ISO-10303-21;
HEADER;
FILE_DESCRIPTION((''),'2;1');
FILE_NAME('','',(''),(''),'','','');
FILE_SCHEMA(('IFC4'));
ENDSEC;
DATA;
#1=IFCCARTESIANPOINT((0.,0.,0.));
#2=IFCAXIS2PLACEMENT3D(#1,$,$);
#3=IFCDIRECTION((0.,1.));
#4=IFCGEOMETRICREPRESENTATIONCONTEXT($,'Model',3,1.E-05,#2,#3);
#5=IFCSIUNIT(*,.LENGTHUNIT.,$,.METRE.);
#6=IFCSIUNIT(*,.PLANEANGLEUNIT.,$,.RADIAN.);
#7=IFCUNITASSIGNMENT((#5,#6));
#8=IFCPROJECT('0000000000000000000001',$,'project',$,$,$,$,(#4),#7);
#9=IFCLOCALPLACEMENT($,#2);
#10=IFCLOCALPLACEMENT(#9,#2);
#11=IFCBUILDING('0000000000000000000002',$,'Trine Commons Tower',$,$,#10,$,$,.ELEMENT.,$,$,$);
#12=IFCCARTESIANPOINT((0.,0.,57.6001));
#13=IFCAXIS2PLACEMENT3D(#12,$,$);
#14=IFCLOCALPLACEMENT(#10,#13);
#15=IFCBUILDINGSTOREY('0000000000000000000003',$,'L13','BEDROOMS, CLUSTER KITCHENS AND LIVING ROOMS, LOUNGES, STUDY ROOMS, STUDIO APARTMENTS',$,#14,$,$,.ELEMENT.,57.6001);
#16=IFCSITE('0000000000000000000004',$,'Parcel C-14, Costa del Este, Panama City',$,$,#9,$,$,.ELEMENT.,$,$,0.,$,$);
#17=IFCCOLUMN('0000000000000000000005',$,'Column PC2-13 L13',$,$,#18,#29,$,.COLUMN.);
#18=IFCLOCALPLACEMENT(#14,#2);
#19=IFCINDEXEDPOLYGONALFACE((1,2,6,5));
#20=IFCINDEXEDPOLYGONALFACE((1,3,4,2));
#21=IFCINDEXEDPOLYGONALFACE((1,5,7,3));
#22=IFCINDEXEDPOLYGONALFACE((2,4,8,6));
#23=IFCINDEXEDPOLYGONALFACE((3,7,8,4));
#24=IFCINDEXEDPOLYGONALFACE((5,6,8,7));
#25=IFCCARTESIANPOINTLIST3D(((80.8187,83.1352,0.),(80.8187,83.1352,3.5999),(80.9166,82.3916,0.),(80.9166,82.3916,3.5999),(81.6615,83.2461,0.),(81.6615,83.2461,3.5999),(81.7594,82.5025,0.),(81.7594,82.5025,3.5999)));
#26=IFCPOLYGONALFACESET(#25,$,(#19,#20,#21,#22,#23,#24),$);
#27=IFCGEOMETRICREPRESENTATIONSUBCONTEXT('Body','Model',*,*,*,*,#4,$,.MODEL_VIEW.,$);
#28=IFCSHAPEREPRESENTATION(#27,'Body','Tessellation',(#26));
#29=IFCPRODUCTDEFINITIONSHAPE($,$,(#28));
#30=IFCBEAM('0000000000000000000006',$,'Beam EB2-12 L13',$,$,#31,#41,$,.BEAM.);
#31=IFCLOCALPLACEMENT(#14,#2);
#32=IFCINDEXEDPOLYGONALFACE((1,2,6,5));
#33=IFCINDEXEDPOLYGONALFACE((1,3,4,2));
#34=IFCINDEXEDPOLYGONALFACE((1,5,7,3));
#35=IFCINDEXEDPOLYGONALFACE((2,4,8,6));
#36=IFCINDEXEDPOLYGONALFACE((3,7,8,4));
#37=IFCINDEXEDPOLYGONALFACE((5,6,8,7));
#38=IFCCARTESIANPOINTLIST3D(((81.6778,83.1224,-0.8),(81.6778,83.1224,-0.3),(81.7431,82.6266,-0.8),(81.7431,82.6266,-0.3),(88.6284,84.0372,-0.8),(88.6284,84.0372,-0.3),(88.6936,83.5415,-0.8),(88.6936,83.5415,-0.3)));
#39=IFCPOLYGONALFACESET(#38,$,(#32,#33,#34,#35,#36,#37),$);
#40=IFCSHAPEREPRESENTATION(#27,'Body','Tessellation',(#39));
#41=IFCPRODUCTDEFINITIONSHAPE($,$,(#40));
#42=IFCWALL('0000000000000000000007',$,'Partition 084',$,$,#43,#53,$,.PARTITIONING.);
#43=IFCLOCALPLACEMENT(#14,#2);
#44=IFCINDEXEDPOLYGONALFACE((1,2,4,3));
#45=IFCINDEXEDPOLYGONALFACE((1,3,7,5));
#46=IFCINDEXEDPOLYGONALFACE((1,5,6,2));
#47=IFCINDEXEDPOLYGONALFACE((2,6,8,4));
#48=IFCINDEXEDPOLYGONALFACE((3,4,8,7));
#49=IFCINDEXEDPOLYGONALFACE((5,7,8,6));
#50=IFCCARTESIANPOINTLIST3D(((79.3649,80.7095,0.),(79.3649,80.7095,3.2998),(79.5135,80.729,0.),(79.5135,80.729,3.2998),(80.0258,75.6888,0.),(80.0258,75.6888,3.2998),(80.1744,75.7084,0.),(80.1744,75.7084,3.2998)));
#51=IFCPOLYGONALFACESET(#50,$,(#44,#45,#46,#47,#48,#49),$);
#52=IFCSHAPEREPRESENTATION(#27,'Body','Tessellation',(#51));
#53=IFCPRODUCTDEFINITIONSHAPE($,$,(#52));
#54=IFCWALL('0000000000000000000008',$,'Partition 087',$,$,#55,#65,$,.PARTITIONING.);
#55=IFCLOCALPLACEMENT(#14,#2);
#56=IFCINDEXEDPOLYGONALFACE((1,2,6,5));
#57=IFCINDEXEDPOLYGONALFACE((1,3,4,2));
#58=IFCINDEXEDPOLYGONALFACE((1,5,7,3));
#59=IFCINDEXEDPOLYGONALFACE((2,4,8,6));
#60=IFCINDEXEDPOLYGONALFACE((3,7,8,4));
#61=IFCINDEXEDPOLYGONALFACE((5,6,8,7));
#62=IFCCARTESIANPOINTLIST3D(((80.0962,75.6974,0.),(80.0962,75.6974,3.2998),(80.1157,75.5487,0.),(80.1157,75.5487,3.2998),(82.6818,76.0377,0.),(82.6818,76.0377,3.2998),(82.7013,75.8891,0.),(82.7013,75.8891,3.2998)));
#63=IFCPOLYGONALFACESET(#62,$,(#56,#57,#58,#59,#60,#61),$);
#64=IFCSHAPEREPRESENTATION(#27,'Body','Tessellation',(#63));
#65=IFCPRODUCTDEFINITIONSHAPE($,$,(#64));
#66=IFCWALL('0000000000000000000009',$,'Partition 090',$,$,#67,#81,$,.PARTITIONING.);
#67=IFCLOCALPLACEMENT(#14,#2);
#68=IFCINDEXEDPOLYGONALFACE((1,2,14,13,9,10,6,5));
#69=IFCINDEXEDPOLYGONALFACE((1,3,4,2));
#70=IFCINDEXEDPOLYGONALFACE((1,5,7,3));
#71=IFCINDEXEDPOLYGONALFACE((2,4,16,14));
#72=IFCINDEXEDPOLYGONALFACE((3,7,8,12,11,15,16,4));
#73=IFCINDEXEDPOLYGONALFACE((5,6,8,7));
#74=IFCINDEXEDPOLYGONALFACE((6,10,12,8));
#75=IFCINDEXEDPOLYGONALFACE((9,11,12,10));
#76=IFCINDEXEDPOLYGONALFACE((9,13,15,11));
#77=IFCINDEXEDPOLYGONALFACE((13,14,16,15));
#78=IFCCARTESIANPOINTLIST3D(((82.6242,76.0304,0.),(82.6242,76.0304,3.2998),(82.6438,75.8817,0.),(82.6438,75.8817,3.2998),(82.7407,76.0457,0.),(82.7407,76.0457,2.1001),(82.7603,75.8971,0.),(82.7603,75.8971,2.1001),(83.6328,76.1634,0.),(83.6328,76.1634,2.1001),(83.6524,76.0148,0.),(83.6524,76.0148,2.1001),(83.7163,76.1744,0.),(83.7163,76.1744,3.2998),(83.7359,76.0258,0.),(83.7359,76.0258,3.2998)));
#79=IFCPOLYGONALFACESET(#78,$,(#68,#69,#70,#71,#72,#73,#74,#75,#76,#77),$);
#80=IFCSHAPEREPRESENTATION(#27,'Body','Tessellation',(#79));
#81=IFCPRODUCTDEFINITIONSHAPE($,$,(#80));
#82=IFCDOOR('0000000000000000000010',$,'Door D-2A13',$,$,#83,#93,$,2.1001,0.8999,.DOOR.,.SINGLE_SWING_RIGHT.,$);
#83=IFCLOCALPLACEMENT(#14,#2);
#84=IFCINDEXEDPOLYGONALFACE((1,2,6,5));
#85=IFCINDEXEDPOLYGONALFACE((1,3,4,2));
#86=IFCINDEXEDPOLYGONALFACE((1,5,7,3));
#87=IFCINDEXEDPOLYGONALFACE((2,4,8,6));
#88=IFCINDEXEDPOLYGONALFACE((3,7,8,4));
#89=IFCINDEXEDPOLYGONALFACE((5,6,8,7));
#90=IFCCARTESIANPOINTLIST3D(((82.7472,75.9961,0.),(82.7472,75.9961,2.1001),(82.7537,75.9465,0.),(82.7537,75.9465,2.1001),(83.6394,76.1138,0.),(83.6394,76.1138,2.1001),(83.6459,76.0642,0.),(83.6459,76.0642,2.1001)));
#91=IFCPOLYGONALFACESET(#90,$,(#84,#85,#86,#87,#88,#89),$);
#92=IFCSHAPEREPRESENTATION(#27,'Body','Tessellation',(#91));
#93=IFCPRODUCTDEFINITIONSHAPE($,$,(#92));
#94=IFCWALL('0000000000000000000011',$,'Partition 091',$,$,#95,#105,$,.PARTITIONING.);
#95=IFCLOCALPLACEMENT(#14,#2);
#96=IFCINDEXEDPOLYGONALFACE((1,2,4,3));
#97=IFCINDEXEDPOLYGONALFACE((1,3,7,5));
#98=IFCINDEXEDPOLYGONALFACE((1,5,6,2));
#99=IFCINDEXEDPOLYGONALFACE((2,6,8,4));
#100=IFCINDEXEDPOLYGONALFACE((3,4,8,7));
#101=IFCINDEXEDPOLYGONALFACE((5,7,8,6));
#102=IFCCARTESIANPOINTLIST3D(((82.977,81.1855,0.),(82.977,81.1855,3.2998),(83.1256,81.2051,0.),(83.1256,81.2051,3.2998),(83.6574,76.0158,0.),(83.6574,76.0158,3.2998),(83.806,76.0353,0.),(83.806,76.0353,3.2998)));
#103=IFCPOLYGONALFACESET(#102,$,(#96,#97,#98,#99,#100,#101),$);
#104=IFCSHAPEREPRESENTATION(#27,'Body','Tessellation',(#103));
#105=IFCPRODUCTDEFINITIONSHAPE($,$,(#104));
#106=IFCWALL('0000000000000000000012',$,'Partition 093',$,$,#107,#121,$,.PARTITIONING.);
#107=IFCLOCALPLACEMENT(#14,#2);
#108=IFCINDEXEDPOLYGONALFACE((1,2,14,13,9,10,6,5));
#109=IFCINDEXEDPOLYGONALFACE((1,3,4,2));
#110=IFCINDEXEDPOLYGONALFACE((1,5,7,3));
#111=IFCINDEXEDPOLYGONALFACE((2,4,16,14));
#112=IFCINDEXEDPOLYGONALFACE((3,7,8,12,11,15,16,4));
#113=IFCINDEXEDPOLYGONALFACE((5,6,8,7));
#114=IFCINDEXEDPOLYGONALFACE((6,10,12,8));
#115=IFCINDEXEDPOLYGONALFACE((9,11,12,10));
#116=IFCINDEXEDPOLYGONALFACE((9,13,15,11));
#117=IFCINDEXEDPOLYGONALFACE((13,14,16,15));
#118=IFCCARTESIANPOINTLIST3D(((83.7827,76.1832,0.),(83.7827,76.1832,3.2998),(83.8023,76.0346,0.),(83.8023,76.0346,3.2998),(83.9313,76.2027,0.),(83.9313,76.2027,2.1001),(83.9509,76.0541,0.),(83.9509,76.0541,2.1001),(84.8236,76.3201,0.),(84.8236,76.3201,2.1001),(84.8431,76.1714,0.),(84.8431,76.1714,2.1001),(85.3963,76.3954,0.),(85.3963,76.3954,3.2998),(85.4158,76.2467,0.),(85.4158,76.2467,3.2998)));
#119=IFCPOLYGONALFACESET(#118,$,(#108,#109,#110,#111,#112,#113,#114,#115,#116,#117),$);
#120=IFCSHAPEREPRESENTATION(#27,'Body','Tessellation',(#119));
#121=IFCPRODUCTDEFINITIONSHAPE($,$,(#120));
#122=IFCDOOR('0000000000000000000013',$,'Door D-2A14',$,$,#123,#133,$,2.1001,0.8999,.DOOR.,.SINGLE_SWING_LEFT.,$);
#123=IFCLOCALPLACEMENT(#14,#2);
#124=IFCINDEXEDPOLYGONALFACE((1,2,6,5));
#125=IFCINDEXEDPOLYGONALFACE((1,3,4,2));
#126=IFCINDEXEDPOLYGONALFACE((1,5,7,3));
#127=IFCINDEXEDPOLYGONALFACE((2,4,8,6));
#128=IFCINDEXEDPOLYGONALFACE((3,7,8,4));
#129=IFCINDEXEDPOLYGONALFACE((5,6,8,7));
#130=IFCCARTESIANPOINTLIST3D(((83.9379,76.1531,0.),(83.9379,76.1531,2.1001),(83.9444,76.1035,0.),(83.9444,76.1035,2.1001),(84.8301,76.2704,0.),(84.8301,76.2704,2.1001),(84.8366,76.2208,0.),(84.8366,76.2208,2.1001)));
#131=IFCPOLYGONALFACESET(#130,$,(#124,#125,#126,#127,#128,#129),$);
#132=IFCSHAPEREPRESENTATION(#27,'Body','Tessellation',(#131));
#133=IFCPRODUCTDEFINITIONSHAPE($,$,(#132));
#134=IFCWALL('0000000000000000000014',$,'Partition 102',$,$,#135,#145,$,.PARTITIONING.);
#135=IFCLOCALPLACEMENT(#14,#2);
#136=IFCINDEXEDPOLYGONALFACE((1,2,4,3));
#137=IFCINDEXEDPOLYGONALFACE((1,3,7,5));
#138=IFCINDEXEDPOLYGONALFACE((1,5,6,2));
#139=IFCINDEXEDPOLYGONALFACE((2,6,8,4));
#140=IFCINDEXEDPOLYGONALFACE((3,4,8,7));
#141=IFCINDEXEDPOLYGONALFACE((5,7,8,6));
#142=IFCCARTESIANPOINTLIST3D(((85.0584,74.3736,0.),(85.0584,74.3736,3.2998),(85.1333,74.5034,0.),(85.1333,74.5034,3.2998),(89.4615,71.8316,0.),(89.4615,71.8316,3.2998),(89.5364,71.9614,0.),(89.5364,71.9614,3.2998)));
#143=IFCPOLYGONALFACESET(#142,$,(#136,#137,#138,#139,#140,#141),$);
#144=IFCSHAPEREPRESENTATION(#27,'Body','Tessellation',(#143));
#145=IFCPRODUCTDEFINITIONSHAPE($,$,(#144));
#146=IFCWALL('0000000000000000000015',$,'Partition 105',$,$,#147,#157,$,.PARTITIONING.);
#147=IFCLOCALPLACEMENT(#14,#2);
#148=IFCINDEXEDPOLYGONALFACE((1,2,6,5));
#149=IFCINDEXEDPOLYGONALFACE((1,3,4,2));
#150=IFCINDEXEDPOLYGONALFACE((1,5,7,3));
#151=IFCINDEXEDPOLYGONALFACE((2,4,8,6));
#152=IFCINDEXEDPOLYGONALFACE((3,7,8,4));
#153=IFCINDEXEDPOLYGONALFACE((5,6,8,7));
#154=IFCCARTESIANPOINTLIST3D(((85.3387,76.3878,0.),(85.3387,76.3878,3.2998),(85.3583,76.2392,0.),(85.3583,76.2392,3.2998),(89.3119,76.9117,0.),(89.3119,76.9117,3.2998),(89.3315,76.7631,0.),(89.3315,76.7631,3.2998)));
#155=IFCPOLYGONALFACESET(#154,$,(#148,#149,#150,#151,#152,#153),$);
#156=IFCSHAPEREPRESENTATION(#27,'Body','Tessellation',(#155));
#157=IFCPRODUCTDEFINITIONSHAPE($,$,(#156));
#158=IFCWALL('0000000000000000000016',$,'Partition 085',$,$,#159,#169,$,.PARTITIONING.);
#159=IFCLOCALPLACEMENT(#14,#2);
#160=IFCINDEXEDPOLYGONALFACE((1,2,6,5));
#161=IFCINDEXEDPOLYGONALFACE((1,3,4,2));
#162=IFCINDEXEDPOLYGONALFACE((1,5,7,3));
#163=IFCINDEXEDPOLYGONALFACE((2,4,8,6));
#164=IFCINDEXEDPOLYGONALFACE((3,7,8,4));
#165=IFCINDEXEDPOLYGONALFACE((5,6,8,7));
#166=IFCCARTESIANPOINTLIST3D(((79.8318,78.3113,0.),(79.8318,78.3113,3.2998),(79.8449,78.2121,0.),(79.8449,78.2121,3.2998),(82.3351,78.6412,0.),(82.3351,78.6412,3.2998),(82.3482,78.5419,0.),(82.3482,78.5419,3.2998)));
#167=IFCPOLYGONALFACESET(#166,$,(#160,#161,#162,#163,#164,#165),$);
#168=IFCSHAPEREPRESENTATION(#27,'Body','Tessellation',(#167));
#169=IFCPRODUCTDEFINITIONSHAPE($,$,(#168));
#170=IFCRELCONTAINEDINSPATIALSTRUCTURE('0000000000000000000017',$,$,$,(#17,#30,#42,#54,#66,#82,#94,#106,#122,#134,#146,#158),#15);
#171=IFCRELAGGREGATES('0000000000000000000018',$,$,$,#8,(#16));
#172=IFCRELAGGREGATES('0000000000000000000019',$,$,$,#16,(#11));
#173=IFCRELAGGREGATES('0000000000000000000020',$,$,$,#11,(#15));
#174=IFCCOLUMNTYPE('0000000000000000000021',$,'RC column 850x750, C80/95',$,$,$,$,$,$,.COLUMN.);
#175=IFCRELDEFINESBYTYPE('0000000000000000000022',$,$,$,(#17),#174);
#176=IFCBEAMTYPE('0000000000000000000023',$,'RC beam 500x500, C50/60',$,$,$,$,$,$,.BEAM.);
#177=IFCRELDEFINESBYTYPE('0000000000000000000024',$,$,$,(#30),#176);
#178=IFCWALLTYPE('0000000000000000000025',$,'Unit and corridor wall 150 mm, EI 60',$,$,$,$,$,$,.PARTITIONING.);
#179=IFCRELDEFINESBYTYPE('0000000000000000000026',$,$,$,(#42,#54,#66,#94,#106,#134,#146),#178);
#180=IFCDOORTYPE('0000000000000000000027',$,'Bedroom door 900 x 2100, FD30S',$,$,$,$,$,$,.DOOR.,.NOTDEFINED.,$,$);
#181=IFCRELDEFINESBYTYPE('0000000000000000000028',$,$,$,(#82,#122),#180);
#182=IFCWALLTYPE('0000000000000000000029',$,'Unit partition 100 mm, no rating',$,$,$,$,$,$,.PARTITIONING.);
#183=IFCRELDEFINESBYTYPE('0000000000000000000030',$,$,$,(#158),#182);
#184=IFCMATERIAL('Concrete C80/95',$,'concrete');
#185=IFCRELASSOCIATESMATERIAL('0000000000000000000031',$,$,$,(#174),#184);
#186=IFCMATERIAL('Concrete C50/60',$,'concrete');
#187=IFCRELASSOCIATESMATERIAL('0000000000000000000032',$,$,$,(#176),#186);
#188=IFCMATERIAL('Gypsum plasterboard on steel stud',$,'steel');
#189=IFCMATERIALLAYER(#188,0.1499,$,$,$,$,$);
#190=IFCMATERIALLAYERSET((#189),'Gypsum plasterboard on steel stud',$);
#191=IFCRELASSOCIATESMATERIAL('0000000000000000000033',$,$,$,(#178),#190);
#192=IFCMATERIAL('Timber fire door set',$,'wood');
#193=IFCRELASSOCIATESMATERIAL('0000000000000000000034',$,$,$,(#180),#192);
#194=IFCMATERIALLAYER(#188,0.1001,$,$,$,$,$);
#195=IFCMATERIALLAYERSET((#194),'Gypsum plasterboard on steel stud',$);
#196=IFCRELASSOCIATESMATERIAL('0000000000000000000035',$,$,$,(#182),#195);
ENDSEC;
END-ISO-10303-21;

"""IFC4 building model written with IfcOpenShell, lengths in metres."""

from ifc_helpers import new_model, si_unit, direction, frame, frame_2d, origin, origin_2d, place, context, subcontext, project, spatial, rectangle, extrude, material, layer, layer_set, material_profile, profile_set, type_object, element, fill, save


model = new_model("IFC4")

# Units and contexts
model_context = context("Model", 3, precision=1e-05, world=origin(), true_north=direction((0.0, 1.0)))
body_context = subcontext(model_context, "Body", "Model", "MODEL_VIEW")
ifc_project = project(units=[si_unit("LENGTHUNIT", "METRE"), si_unit("PLANEANGLEUNIT", "RADIAN")], contexts=[model_context])

# Site, building, storey
site_placement = place(None, origin())
site = spatial("IfcSite", under=ifc_project, at=site_placement, Name="Parcel C-14, Costa del Este, Panama City", CompositionType="ELEMENT", RefElevation=0.0)
building_placement = place(site_placement, origin())
building = spatial("IfcBuilding", under=site, at=building_placement, Name="Trine Commons Tower", CompositionType="ELEMENT")
storey_placement = place(building_placement, frame((0.0, 0.0, 57.6001)))
storey = spatial("IfcBuildingStorey", under=building, at=storey_placement, Name="L13", Description="BEDROOMS, CLUSTER KITCHENS AND LIVING ROOMS, LOUNGES, STUDY ROOMS, STUDIO APARTMENTS", CompositionType="ELEMENT", Elevation=57.6001)

# Column
ifc_material_1 = material(Name="Concrete C80/95", Category="concrete")
ifc_material_profile_1 = material_profile(ifc_material_1, rectangle(XDim=0.8501, YDim=0.75, at=origin_2d()), Name="RC 850x750")
ifc_profile_set_1 = profile_set([ifc_material_profile_1], Name="Concrete C80/95")
column_type = type_object("IfcColumnType", Name="RC column 850x750, C80/95", PredefinedType="COLUMN", material=ifc_profile_set_1)
column_placement = place(storey_placement, frame((81.2891, 82.8188, 0.0), z_axis=(0.0, 0.0, 1.0), x_axis=(0.991445, 0.130526, 0.0)))
element("IfcColumn", 1, at=column_placement, inside=storey, type_object=column_type, Name="Column PC2-13 L13", PredefinedType="COLUMN", context=body_context, shape_type="SweptSolid", body=[
    extrude(rectangle(XDim=0.8501, YDim=0.75, at=origin_2d()), origin(), (0.0, 0.0, 1.0), 3.5999),
])

# Beam
ifc_material_2 = material(Name="Concrete C50/60", Category="concrete")
ifc_material_profile_2 = material_profile(ifc_material_2, rectangle(XDim=0.5, YDim=0.5, at=origin_2d()), Name="RC 500x500")
ifc_profile_set_2 = profile_set([ifc_material_profile_2], Name="Concrete C50/60")
beam_type = type_object("IfcBeamType", Name="RC beam 500x500, C50/60", PredefinedType="BEAM", material=ifc_profile_set_2)
beam_placement = place(storey_placement, frame((81.7104, 82.8745, -0.55), z_axis=(0.991449, 0.130491, 0.0), x_axis=(-0.130491, 0.991449, 0.0)))
element("IfcBeam", 2, at=beam_placement, inside=storey, type_object=beam_type, Name="Beam EB2-12 L13", PredefinedType="BEAM", context=body_context, shape_type="SweptSolid", body=[
    extrude(rectangle(XDim=0.5, YDim=0.5, at=origin_2d()), origin(), (0.0, 0.0, 1.0), 7.0105),
])

# Walls
ifc_material_3 = material(Name="Gypsum plasterboard on steel stud", Category="steel")
ifc_layer_1 = layer(ifc_material_3, 0.1499)
ifc_layer_set_1 = layer_set([ifc_layer_1], Name="Gypsum plasterboard on steel stud")
wall_type_1 = type_object("IfcWallType", Name="Unit and corridor wall 150 mm, EI 60", PredefinedType="PARTITIONING", material=ifc_layer_set_1)
wall_1_placement = place(storey_placement, frame((79.4392, 80.7192, 0.0), z_axis=(0.0, 0.0, 1.0), x_axis=(0.130506, -0.991448, 0.0)))
element("IfcWall", 3, at=wall_1_placement, inside=storey, type_object=wall_type_1, Name="Partition 084", PredefinedType="PARTITIONING", context=body_context, shape_type="SweptSolid", body=[
    extrude(rectangle(XDim=5.064, YDim=0.1499, at=frame_2d((2.532, 0.0))), origin(), (0.0, 0.0, 1.0), 3.2998),
])
wall_2_placement = place(storey_placement, frame((80.106, 75.623, 0.0), z_axis=(0.0, 0.0, 1.0), x_axis=(0.991449, 0.130496, 0.0)))
element("IfcWall", 4, at=wall_2_placement, inside=storey, type_object=wall_type_1, Name="Partition 087", PredefinedType="PARTITIONING", context=body_context, shape_type="SweptSolid", body=[
    extrude(rectangle(XDim=2.6079, YDim=0.1499, at=frame_2d((1.304, 0.0))), origin(), (0.0, 0.0, 1.0), 3.2998),
])

# Wall, opening, door
wall_3_placement = place(storey_placement, frame((82.634, 75.9561, 0.0), z_axis=(0.0, 0.0, 1.0), x_axis=(0.991413, 0.13077, 0.0)))
wall_3 = element("IfcWall", 5, at=wall_3_placement, inside=storey, type_object=wall_type_1, Name="Partition 090", PredefinedType="PARTITIONING", context=body_context, shape_type="SweptSolid", body=[
    extrude(rectangle(XDim=1.1016, YDim=0.1499, at=frame_2d((0.5508, 0.0))), origin(), (0.0, 0.0, 1.0), 3.2998),
])
opening_1_placement = place(wall_3_placement, frame((0.1174, 0.0, 0.0)))
opening_1 = element("IfcOpeningElement", 6, at=opening_1_placement, cuts=wall_3, PredefinedType="OPENING", context=body_context, shape_type="SweptSolid", body=[
    extrude(rectangle(XDim=0.8999, YDim=2.1001, at=frame_2d((0.45, 1.05))), frame((0.0, 0.085, 0.0), z_axis=(0.0, -1.0, 0.0), x_axis=(1.0, 0.0, 0.0)), (0.0, 0.0, 1.0), 0.1699),
])
ifc_material_4 = material(Name="Timber fire door set", Category="wood")
door_type_1 = type_object("IfcDoorType", Name="Bedroom door 900 x 2100, FD30S", OperationType="NOTDEFINED", PredefinedType="DOOR", material=ifc_material_4)
door_1_placement = place(opening_1_placement, origin())
door_1 = element("IfcDoor", 7, at=door_1_placement, inside=storey, type_object=door_type_1, Name="Door D-2A13", OperationType="SINGLE_SWING_RIGHT", OverallHeight=2.1001, OverallWidth=0.8999, PredefinedType="DOOR", context=body_context, shape_type="SweptSolid", body=[
    extrude(rectangle(XDim=0.8999, YDim=2.1001, at=frame_2d((0.45, 1.05))), frame((0.0, 0.0249, 0.0), z_axis=(0.0, -1.0, 0.0), x_axis=(1.0, 0.0, 0.0)), (0.0, 0.0, 1.0), 0.05),
])
fill(opening_1, door_1)

# Wall
wall_4_placement = place(storey_placement, frame((83.0513, 81.1953, 0.0), z_axis=(0.0, 0.0, 1.0), x_axis=(0.130492, -0.991449, 0.0)))
element("IfcWall", 8, at=wall_4_placement, inside=storey, type_object=wall_type_1, Name="Partition 091", PredefinedType="PARTITIONING", context=body_context, shape_type="SweptSolid", body=[
    extrude(rectangle(XDim=5.2144, YDim=0.1499, at=frame_2d((2.6072, 0.0))), origin(), (0.0, 0.0, 1.0), 3.2998),
])

# Wall, opening, door
wall_5_placement = place(storey_placement, frame((83.7925, 76.1089, 0.0), z_axis=(0.0, 0.0, 1.0), x_axis=(0.991466, 0.130365, 0.0)))
wall_5 = element("IfcWall", 9, at=wall_5_placement, inside=storey, type_object=wall_type_1, Name="Partition 093", PredefinedType="PARTITIONING", context=body_context, shape_type="SweptSolid", body=[
    extrude(rectangle(XDim=1.6274, YDim=0.1499, at=frame_2d((0.8137, 0.0))), origin(), (0.0, 0.0, 1.0), 3.2998),
])
opening_2_placement = place(wall_5_placement, frame((0.1499, 0.0, 0.0)))
opening_2 = element("IfcOpeningElement", 10, at=opening_2_placement, cuts=wall_5, PredefinedType="OPENING", context=body_context, shape_type="SweptSolid", body=[
    extrude(rectangle(XDim=0.8999, YDim=2.1001, at=frame_2d((0.45, 1.05))), frame((0.0, 0.085, 0.0), z_axis=(0.0, -1.0, 0.0), x_axis=(1.0, 0.0, 0.0)), (0.0, 0.0, 1.0), 0.1699),
])
door_2_placement = place(opening_2_placement, origin())
door_2 = element("IfcDoor", 11, at=door_2_placement, inside=storey, type_object=door_type_1, Name="Door D-2A14", OperationType="SINGLE_SWING_LEFT", OverallHeight=2.1001, OverallWidth=0.8999, PredefinedType="DOOR", context=body_context, shape_type="SweptSolid", body=[
    extrude(rectangle(XDim=0.8999, YDim=2.1001, at=frame_2d((0.45, 1.05))), frame((0.0, 0.0249, 0.0), z_axis=(0.0, -1.0, 0.0), x_axis=(1.0, 0.0, 0.0)), (0.0, 0.0, 1.0), 0.05),
])
fill(opening_2, door_2)

# Walls
wall_6_placement = place(storey_placement, frame((85.0959, 74.4385, 0.0), z_axis=(0.0, 0.0, 1.0), x_axis=(0.866036, -0.499982, 0.0)))
element("IfcWall", 12, at=wall_6_placement, inside=storey, type_object=wall_type_1, Name="Partition 102", PredefinedType="PARTITIONING", context=body_context, shape_type="SweptSolid", body=[
    extrude(rectangle(XDim=5.0842, YDim=0.1499, at=frame_2d((2.542, 0.0))), origin(), (0.0, 0.0, 1.0), 3.2998),
])
wall_7_placement = place(storey_placement, frame((85.3484, 76.3135, 0.0), z_axis=(0.0, 0.0, 1.0), x_axis=(0.991417, 0.130735, 0.0)))
element("IfcWall", 13, at=wall_7_placement, inside=storey, type_object=wall_type_1, Name="Partition 105", PredefinedType="PARTITIONING", context=body_context, shape_type="SweptSolid", body=[
    extrude(rectangle(XDim=4.0076, YDim=0.1499, at=frame_2d((2.0039, 0.0))), origin(), (0.0, 0.0, 1.0), 3.2998),
])
ifc_layer_2 = layer(ifc_material_3, 0.1001)
ifc_layer_set_2 = layer_set([ifc_layer_2], Name="Gypsum plasterboard on steel stud")
wall_type_2 = type_object("IfcWallType", Name="Unit partition 100 mm, no rating", PredefinedType="PARTITIONING", material=ifc_layer_set_2)
wall_8_placement = place(storey_placement, frame((79.8384, 78.2617, 0.0), z_axis=(0.0, 0.0, 1.0), x_axis=(0.99143, 0.130637, 0.0)))
element("IfcWall", 14, at=wall_8_placement, inside=storey, type_object=wall_type_2, Name="Partition 085", PredefinedType="PARTITIONING", context=body_context, shape_type="SweptSolid", body=[
    extrude(rectangle(XDim=2.5249, YDim=0.1001, at=frame_2d((1.2625, 0.0))), origin(), (0.0, 0.0, 1.0), 3.2998),
])

save(model, "model.ifc")
